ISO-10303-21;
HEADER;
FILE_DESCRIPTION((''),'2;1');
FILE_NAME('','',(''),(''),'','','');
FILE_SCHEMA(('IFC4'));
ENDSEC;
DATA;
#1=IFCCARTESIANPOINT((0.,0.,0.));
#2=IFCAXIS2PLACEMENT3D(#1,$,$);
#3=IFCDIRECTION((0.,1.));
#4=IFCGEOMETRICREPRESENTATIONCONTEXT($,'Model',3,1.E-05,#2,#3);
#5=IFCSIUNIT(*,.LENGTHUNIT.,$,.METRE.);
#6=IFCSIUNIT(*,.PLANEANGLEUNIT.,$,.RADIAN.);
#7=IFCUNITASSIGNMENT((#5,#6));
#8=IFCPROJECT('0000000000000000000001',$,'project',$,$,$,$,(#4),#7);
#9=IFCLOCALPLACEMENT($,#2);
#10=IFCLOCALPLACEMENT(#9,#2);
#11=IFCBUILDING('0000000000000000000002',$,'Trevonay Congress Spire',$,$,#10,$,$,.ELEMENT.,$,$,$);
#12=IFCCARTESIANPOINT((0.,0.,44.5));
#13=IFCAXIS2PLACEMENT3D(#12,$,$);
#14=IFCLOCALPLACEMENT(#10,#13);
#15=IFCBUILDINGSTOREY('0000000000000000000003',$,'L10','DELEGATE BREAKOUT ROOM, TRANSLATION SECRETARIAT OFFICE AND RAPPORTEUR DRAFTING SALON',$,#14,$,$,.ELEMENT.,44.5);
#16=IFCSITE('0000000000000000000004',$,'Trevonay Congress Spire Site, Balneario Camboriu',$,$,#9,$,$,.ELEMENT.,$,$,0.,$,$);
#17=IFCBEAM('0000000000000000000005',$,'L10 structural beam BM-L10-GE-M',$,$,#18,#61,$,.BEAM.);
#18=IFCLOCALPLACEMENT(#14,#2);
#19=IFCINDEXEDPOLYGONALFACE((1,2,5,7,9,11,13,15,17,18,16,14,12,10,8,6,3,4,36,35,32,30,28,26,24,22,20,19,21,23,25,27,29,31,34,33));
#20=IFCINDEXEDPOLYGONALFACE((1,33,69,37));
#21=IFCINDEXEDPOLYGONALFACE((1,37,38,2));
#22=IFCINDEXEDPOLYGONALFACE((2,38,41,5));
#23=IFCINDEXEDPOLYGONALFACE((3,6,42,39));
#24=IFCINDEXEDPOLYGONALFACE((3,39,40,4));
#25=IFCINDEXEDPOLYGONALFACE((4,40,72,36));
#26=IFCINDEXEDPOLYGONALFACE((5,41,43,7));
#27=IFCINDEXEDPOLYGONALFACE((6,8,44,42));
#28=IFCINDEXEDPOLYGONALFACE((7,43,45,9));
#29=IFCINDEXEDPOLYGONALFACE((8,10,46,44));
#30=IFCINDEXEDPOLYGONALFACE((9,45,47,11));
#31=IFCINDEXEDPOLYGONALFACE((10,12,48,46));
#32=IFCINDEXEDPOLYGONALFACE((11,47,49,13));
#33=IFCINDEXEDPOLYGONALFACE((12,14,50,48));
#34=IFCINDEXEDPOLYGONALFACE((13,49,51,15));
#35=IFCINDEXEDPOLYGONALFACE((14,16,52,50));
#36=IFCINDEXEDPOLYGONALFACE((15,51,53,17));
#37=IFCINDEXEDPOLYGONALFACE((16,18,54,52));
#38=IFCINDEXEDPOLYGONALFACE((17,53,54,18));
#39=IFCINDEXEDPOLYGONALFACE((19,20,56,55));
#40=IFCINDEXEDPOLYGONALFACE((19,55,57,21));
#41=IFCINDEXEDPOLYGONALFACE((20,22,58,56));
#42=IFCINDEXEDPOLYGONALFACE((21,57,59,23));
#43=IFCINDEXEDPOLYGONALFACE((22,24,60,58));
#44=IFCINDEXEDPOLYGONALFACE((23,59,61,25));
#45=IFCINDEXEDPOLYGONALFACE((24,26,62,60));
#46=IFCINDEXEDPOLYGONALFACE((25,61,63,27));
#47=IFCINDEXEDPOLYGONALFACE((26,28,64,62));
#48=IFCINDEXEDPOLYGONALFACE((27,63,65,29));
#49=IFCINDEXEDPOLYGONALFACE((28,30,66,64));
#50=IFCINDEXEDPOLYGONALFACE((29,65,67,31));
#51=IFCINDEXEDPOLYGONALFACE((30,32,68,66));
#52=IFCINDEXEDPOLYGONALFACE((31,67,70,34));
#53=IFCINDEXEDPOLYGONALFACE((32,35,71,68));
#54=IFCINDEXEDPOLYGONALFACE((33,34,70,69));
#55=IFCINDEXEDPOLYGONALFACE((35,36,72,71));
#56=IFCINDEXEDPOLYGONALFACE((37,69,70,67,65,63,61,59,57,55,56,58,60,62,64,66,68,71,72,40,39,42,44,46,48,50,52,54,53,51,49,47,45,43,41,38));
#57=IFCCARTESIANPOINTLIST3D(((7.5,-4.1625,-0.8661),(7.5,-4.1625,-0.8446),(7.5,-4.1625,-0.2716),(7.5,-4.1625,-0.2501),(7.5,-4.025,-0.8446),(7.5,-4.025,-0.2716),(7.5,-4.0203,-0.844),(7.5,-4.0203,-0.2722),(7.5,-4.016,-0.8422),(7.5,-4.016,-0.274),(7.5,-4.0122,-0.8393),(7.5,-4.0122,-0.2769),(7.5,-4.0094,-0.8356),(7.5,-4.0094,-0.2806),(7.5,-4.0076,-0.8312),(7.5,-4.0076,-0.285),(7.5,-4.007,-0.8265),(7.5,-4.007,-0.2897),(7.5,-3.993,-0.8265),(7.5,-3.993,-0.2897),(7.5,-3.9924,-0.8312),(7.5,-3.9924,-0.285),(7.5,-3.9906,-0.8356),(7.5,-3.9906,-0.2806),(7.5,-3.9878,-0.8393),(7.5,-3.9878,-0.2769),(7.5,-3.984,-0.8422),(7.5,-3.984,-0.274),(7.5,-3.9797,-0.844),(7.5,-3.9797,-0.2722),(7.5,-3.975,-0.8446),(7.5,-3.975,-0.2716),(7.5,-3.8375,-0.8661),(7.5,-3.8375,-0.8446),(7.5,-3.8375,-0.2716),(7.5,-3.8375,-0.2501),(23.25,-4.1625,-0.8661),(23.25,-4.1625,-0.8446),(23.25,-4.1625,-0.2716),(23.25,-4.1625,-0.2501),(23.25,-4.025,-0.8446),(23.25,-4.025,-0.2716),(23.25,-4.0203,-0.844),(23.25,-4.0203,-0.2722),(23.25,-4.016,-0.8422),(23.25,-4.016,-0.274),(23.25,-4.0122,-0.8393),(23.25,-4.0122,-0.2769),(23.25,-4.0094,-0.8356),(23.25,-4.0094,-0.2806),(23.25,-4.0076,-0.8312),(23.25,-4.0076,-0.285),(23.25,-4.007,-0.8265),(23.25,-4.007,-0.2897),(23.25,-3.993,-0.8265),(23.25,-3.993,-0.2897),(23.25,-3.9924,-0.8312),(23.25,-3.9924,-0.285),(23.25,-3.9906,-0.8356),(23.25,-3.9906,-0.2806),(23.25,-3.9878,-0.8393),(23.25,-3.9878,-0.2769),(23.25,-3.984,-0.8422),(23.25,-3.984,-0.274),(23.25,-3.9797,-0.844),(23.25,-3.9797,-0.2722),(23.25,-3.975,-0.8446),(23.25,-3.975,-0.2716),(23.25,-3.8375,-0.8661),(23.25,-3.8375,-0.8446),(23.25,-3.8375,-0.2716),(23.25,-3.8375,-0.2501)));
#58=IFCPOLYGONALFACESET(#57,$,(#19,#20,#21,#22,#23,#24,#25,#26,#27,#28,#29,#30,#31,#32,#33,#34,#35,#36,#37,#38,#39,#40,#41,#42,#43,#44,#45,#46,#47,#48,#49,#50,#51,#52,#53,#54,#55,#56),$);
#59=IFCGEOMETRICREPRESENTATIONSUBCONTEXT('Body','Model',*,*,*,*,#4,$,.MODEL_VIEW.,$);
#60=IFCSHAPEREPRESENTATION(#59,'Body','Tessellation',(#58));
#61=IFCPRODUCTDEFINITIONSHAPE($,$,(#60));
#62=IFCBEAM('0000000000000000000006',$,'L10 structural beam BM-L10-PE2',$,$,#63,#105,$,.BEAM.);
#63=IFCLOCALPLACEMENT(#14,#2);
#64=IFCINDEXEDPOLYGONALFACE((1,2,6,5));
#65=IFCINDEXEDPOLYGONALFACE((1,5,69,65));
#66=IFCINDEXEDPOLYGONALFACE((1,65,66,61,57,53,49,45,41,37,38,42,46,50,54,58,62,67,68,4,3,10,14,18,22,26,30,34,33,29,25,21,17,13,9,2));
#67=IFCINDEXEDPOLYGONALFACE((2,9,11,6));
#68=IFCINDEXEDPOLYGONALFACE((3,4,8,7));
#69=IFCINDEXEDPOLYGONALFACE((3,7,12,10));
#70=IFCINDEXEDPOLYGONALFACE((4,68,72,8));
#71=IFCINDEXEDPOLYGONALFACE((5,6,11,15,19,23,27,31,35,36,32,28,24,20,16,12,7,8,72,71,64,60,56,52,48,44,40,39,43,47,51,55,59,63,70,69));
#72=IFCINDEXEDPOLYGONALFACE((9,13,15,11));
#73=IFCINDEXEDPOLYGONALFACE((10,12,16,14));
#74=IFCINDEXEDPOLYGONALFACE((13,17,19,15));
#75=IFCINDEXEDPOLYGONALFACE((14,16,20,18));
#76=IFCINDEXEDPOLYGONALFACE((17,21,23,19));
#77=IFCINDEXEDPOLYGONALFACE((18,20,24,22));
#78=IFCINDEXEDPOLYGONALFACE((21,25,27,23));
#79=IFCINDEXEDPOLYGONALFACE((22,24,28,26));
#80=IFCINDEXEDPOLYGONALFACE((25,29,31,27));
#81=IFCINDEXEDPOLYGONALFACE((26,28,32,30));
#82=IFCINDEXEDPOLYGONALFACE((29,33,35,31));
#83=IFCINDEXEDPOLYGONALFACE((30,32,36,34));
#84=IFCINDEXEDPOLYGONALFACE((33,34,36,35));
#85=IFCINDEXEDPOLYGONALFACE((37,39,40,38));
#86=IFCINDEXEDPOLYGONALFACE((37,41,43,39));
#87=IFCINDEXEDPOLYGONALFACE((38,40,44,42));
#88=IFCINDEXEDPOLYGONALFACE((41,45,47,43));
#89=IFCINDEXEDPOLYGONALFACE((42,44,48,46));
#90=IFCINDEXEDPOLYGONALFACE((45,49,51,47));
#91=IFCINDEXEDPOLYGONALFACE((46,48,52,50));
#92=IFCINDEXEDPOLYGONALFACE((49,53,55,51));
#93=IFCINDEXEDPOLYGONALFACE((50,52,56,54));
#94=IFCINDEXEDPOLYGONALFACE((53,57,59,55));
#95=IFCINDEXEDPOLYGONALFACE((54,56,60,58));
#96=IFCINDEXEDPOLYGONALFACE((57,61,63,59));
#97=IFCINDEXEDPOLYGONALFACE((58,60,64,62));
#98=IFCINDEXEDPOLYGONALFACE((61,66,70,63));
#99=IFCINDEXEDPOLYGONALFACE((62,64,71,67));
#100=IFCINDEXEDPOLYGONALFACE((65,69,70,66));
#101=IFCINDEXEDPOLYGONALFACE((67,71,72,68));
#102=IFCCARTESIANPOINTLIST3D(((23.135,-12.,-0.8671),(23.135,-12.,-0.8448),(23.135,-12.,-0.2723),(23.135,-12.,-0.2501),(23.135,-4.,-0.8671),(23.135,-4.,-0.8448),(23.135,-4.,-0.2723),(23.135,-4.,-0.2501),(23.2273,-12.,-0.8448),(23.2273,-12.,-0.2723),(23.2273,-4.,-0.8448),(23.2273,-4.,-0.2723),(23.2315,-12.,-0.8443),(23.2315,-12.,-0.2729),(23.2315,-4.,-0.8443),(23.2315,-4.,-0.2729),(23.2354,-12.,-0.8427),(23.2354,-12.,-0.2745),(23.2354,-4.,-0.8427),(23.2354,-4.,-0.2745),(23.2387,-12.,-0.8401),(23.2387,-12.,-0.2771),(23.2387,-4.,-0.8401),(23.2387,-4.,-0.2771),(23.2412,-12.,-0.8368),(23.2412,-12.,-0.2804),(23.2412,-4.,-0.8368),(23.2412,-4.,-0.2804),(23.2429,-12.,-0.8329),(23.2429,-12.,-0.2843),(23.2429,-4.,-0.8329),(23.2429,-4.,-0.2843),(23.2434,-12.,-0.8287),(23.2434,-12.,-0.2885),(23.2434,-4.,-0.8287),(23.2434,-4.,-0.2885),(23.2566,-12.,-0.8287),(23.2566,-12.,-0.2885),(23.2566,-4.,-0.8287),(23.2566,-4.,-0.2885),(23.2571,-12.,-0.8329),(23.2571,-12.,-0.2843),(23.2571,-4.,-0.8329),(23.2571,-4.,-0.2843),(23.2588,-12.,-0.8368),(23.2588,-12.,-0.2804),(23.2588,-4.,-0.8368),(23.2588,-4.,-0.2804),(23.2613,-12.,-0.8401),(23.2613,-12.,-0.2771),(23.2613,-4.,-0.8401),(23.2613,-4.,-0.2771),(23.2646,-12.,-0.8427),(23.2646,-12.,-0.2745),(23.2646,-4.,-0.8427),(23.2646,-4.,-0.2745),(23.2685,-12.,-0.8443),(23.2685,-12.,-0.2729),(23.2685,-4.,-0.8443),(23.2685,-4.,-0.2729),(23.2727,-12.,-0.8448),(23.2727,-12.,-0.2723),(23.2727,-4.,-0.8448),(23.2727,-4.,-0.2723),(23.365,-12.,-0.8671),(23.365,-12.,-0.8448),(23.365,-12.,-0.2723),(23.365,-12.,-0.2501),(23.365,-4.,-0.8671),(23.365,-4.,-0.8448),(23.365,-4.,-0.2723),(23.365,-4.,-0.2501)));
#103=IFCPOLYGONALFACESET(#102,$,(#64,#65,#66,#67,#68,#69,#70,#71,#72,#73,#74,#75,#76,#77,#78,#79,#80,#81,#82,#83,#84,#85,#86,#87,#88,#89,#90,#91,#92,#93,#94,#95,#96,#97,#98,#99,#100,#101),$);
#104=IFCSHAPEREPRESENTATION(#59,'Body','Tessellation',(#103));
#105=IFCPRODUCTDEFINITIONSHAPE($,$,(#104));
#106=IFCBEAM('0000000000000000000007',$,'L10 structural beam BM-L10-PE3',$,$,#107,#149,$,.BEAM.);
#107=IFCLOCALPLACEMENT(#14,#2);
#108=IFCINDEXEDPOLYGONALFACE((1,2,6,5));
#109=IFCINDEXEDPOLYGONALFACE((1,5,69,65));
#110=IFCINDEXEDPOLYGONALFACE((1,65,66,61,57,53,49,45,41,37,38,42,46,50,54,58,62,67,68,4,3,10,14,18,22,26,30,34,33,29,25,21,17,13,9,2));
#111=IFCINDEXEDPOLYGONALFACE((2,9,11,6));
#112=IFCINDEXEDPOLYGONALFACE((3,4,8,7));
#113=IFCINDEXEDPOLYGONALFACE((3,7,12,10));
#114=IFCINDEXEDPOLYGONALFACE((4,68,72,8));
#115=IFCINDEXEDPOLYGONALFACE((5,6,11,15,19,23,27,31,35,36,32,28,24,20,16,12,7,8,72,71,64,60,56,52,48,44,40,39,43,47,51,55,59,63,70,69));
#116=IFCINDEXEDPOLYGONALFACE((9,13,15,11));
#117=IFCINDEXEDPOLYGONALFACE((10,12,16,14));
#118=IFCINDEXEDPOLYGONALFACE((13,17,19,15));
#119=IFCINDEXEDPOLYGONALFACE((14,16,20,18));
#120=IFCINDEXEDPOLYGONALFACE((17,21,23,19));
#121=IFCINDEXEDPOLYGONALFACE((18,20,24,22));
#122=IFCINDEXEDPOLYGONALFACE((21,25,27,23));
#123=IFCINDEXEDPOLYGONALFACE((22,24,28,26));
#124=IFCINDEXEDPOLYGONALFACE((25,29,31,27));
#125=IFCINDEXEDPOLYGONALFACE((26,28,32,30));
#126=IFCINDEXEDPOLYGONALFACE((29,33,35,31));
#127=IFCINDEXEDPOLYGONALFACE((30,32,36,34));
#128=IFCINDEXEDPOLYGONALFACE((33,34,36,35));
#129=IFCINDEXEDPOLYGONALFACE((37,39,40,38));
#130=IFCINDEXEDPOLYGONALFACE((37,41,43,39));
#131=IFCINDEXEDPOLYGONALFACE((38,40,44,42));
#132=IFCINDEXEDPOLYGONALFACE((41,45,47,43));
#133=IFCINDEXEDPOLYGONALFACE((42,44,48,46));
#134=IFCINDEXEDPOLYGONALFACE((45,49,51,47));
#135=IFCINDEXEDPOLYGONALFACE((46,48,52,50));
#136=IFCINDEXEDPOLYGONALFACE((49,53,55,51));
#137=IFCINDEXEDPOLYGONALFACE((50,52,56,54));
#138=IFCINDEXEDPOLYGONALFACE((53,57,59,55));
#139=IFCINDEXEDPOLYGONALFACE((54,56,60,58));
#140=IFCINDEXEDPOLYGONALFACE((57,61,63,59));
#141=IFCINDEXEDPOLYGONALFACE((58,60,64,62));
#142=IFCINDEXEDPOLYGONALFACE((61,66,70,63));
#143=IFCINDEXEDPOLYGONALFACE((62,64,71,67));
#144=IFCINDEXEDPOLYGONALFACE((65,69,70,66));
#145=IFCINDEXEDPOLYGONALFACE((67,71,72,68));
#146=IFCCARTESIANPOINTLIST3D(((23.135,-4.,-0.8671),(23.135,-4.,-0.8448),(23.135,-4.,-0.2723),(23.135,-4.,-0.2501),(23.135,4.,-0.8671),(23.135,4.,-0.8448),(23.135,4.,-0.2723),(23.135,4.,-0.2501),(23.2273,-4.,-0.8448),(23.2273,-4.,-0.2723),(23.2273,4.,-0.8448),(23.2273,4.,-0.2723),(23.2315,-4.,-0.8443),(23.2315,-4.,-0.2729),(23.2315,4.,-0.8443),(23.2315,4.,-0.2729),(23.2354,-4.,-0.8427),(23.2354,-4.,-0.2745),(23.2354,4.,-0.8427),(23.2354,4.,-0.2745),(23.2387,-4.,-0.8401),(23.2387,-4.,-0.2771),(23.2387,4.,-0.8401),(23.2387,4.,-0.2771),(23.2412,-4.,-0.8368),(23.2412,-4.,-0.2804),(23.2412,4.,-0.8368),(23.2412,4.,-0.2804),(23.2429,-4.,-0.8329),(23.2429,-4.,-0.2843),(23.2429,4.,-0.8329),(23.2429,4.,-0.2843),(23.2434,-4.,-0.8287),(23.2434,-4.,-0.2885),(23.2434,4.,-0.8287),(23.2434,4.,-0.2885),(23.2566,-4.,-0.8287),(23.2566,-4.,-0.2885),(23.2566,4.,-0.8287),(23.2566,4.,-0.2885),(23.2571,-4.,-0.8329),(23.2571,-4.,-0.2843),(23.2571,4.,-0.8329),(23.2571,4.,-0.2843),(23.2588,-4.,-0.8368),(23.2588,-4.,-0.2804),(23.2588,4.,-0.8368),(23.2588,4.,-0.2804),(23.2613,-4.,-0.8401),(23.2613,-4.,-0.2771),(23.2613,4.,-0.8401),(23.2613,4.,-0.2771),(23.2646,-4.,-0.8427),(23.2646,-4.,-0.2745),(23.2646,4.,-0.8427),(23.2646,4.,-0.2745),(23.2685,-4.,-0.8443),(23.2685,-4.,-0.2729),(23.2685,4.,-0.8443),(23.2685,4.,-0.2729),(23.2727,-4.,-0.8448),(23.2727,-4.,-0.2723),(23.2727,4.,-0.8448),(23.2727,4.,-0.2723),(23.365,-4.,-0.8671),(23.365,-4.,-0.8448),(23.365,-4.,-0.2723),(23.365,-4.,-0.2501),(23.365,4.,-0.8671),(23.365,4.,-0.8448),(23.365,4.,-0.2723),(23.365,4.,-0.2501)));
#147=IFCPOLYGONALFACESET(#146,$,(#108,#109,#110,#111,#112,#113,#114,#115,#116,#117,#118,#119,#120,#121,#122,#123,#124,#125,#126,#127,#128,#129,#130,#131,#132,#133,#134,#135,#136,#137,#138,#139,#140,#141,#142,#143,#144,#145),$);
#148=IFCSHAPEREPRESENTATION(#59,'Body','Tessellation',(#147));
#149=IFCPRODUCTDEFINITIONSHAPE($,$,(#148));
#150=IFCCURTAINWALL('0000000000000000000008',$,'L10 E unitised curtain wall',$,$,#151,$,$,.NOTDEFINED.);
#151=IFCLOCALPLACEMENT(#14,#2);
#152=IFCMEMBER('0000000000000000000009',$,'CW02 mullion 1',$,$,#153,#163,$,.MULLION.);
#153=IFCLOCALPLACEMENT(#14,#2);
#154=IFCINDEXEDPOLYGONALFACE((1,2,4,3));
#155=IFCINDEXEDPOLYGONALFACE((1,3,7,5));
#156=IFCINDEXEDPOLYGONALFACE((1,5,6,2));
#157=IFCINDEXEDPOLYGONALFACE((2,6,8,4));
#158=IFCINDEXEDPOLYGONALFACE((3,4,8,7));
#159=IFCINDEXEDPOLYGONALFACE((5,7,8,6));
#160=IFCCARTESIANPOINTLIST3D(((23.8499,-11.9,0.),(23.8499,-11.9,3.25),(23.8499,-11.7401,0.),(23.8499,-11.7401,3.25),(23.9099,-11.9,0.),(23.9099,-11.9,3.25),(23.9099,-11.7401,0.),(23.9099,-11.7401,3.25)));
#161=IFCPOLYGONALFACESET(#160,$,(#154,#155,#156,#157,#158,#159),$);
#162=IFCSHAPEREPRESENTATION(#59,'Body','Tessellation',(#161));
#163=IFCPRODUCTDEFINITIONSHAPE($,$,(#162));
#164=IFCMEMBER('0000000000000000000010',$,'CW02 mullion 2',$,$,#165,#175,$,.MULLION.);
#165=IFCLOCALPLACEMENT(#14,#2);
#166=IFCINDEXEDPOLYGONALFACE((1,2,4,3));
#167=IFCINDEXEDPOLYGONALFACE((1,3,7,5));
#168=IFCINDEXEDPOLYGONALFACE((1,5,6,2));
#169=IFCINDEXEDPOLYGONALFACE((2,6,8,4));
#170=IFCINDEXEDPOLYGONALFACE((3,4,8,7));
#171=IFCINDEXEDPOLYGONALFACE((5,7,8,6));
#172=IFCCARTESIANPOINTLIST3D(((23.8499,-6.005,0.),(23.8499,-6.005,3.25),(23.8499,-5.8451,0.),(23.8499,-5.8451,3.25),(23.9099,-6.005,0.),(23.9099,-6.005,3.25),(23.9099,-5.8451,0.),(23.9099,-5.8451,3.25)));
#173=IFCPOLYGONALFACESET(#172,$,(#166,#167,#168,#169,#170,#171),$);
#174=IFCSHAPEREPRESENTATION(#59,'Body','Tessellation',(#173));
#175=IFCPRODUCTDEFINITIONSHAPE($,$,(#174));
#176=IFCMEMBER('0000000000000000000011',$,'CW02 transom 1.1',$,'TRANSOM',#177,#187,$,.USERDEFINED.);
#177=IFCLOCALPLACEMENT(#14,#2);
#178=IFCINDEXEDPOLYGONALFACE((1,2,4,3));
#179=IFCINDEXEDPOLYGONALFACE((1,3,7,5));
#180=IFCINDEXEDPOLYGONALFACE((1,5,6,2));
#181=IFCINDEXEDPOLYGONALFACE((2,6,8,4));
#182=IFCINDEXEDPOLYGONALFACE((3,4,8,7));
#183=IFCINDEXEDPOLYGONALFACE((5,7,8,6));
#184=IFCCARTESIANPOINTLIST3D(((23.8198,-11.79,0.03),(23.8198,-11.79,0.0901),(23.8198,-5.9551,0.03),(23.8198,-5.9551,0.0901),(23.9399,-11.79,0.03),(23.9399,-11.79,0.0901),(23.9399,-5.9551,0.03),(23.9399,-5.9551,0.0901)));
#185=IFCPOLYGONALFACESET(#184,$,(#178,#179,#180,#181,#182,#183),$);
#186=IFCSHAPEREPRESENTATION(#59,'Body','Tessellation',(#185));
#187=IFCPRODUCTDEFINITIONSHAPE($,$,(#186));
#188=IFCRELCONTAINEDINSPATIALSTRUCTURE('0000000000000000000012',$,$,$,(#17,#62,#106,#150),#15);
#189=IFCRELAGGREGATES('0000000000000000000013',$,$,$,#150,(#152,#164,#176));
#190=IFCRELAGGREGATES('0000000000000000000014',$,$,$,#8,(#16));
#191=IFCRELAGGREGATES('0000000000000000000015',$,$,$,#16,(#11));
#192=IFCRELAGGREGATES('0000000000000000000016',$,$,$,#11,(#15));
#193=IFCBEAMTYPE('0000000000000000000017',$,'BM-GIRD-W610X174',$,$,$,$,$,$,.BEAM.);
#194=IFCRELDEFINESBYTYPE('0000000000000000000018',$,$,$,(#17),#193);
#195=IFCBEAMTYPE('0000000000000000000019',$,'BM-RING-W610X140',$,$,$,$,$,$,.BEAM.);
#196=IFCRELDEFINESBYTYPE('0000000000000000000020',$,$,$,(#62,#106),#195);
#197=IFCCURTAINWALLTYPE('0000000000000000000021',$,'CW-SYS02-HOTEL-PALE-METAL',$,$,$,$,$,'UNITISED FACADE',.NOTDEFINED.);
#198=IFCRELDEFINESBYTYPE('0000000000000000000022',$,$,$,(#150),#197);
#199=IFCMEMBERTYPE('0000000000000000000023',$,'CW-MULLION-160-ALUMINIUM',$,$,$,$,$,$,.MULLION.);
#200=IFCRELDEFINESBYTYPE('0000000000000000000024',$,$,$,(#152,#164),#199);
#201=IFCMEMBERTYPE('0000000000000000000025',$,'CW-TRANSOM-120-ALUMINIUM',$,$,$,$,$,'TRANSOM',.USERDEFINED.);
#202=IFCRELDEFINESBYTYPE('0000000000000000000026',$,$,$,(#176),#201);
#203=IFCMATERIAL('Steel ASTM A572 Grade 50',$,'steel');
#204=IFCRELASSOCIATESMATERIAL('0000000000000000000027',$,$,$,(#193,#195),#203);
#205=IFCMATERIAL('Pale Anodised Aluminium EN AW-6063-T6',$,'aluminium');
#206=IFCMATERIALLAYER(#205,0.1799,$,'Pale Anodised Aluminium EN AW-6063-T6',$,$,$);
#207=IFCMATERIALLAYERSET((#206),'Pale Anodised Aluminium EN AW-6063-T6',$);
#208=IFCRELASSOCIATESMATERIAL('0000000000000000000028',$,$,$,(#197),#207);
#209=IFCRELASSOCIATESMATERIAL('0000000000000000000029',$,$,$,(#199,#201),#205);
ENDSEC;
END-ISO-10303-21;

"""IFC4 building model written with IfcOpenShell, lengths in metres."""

from ifc_helpers import new_model, si_unit, direction, frame, origin, origin_2d, place, context, subcontext, project, spatial, rectangle, i_section, extrude, material, layer, layer_set, material_profile, profile_set, type_object, element, aggregate, save


model = new_model("IFC4")

# Units and contexts
model_context = context("Model", 3, precision=1e-05, world=origin(), true_north=direction((0.0, 1.0)))
body_context = subcontext(model_context, "Body", "Model", "MODEL_VIEW")
ifc_project = project(units=[si_unit("LENGTHUNIT", "METRE"), si_unit("PLANEANGLEUNIT", "RADIAN")], contexts=[model_context])

# Site, building, storey
site_placement = place(None, origin())
site = spatial("IfcSite", under=ifc_project, at=site_placement, Name="Trevonay Congress Spire Site, Balneario Camboriu", CompositionType="ELEMENT", RefElevation=0.0)
building_placement = place(site_placement, origin())
building = spatial("IfcBuilding", under=site, at=building_placement, Name="Trevonay Congress Spire", CompositionType="ELEMENT")
storey_placement = place(building_placement, frame((0.0, 0.0, 44.5)))
storey = spatial("IfcBuildingStorey", under=building, at=storey_placement, Name="L10", Description="DELEGATE BREAKOUT ROOM, TRANSLATION SECRETARIAT OFFICE AND RAPPORTEUR DRAFTING SALON", CompositionType="ELEMENT", Elevation=44.5)

# Shared definitions
ifc_material_1 = material(Name="Steel ASTM A572 Grade 50", Category="steel")

# Beams
ifc_material_profile_1 = material_profile(ifc_material_1, i_section(OverallWidth=0.325, OverallDepth=0.616, WebThickness=0.0139, FlangeThickness=0.0215, FilletRadius=0.0181, at=origin_2d()), Name="W610x174")
ifc_profile_set_1 = profile_set([ifc_material_profile_1], Name="Steel ASTM A572 Grade 50")
beam_type_1 = type_object("IfcBeamType", Name="BM-GIRD-W610X174", PredefinedType="BEAM", material=ifc_profile_set_1)
beam_1_placement = place(storey_placement, frame((7.5, -4.0, -0.5581), z_axis=(1.0, 0.0, 0.0), x_axis=(0.0, 1.0, 0.0)))
element("IfcBeam", 1, at=beam_1_placement, inside=storey, type_object=beam_type_1, Name="L10 structural beam BM-L10-GE-M", PredefinedType="BEAM", context=body_context, shape_type="SweptSolid", body=[
    extrude(i_section(OverallWidth=0.325, OverallDepth=0.616, WebThickness=0.0139, FlangeThickness=0.0215, FilletRadius=0.0181, at=origin_2d()), origin(), (0.0, 0.0, 1.0), 15.75),
])
ifc_material_profile_2 = material_profile(ifc_material_1, i_section(OverallWidth=0.23, OverallDepth=0.6169, WebThickness=0.0132, FlangeThickness=0.0222, FilletRadius=0.0161, at=origin_2d()), Name="W610x140")
ifc_profile_set_2 = profile_set([ifc_material_profile_2], Name="Steel ASTM A572 Grade 50")
beam_type_2 = type_object("IfcBeamType", Name="BM-RING-W610X140", PredefinedType="BEAM", material=ifc_profile_set_2)
for number, where, z_axis, x_axis, name in (
    (2, (23.25, -12.0, -0.5586), (0.0, 1.0, 0.0), (-1.0, 0.0, 0.0), "L10 structural beam BM-L10-PE2"),
    (3, (23.25, -4.0, -0.5586), (0.0, 1.0, 0.0), (-1.0, 0.0, 0.0), "L10 structural beam BM-L10-PE3"),
):
    element("IfcBeam", number, at=place(storey_placement, frame(where, z_axis=z_axis, x_axis=x_axis)), inside=storey, type_object=beam_type_2, Name=name, PredefinedType="BEAM", context=body_context, shape_type="SweptSolid", body=[
        extrude(i_section(OverallWidth=0.23, OverallDepth=0.6169, WebThickness=0.0132, FlangeThickness=0.0222, FilletRadius=0.0161, at=origin_2d()), origin(), (0.0, 0.0, 1.0), 8.0),
    ])

# Curtain wall, members
ifc_material_2 = material(Name="Pale Anodised Aluminium EN AW-6063-T6", Category="aluminium")
ifc_layer_1 = layer(ifc_material_2, 0.1799, Name="Pale Anodised Aluminium EN AW-6063-T6")
ifc_layer_set_1 = layer_set([ifc_layer_1], Name="Pale Anodised Aluminium EN AW-6063-T6")
curtain_wall_type = type_object("IfcCurtainWallType", Name="CW-SYS02-HOTEL-PALE-METAL", ElementType="UNITISED FACADE", PredefinedType="NOTDEFINED", material=ifc_layer_set_1)
curtain_wall_placement = place(storey_placement, origin())
curtain_wall = element("IfcCurtainWall", 4, at=curtain_wall_placement, inside=storey, type_object=curtain_wall_type, Name="L10 E unitised curtain wall", PredefinedType="NOTDEFINED")
ifc_material_profile_3 = material_profile(ifc_material_2, rectangle(XDim=0.0601, YDim=0.1599, at=origin_2d()), Name="CW-MULLION-160-ALUMINIUM")
ifc_profile_set_3 = profile_set([ifc_material_profile_3], Name="Pale Anodised Aluminium EN AW-6063-T6")
member_type_1 = type_object("IfcMemberType", Name="CW-MULLION-160-ALUMINIUM", PredefinedType="MULLION", material=ifc_profile_set_3)
member_1_placement = place(storey_placement, frame((23.8799, -11.8201, 0.0), z_axis=(0.0, 0.0, 1.0), x_axis=(-1.0, 0.0, 0.0)))
member_1 = element("IfcMember", 5, at=member_1_placement, type_object=member_type_1, Name="CW02 mullion 1", PredefinedType="MULLION", context=body_context, shape_type="SweptSolid", body=[
    extrude(rectangle(XDim=0.0601, YDim=0.1599, at=origin_2d()), origin(), (0.0, 0.0, 1.0), 3.25),
])
member_2_placement = place(storey_placement, frame((23.8799, -5.925, 0.0), z_axis=(0.0, 0.0, 1.0), x_axis=(-1.0, 0.0, 0.0)))
member_2 = element("IfcMember", 6, at=member_2_placement, type_object=member_type_1, Name="CW02 mullion 2", PredefinedType="MULLION", context=body_context, shape_type="SweptSolid", body=[
    extrude(rectangle(XDim=0.0601, YDim=0.1599, at=origin_2d()), origin(), (0.0, 0.0, 1.0), 3.25),
])
ifc_material_profile_4 = material_profile(ifc_material_2, rectangle(XDim=0.1201, YDim=0.0601, at=origin_2d()), Name="CW-TRANSOM-120-ALUMINIUM")
ifc_profile_set_4 = profile_set([ifc_material_profile_4], Name="Pale Anodised Aluminium EN AW-6063-T6")
member_type_2 = type_object("IfcMemberType", Name="CW-TRANSOM-120-ALUMINIUM", ElementType="TRANSOM", PredefinedType="USERDEFINED", material=ifc_profile_set_4)
member_3_placement = place(storey_placement, frame((23.8799, -11.79, 0.0601), z_axis=(0.0, 1.0, 0.0), x_axis=(-1.0, 0.0, 0.0)))
member_3 = element("IfcMember", 7, at=member_3_placement, type_object=member_type_2, Name="CW02 transom 1.1", ObjectType="TRANSOM", PredefinedType="USERDEFINED", context=body_context, shape_type="SweptSolid", body=[
    extrude(rectangle(XDim=0.1201, YDim=0.0601, at=origin_2d()), origin(), (0.0, 0.0, 1.0), 5.835),
])

aggregate(curtain_wall, [member_1, member_2, member_3])

save(model, "model.ifc")
